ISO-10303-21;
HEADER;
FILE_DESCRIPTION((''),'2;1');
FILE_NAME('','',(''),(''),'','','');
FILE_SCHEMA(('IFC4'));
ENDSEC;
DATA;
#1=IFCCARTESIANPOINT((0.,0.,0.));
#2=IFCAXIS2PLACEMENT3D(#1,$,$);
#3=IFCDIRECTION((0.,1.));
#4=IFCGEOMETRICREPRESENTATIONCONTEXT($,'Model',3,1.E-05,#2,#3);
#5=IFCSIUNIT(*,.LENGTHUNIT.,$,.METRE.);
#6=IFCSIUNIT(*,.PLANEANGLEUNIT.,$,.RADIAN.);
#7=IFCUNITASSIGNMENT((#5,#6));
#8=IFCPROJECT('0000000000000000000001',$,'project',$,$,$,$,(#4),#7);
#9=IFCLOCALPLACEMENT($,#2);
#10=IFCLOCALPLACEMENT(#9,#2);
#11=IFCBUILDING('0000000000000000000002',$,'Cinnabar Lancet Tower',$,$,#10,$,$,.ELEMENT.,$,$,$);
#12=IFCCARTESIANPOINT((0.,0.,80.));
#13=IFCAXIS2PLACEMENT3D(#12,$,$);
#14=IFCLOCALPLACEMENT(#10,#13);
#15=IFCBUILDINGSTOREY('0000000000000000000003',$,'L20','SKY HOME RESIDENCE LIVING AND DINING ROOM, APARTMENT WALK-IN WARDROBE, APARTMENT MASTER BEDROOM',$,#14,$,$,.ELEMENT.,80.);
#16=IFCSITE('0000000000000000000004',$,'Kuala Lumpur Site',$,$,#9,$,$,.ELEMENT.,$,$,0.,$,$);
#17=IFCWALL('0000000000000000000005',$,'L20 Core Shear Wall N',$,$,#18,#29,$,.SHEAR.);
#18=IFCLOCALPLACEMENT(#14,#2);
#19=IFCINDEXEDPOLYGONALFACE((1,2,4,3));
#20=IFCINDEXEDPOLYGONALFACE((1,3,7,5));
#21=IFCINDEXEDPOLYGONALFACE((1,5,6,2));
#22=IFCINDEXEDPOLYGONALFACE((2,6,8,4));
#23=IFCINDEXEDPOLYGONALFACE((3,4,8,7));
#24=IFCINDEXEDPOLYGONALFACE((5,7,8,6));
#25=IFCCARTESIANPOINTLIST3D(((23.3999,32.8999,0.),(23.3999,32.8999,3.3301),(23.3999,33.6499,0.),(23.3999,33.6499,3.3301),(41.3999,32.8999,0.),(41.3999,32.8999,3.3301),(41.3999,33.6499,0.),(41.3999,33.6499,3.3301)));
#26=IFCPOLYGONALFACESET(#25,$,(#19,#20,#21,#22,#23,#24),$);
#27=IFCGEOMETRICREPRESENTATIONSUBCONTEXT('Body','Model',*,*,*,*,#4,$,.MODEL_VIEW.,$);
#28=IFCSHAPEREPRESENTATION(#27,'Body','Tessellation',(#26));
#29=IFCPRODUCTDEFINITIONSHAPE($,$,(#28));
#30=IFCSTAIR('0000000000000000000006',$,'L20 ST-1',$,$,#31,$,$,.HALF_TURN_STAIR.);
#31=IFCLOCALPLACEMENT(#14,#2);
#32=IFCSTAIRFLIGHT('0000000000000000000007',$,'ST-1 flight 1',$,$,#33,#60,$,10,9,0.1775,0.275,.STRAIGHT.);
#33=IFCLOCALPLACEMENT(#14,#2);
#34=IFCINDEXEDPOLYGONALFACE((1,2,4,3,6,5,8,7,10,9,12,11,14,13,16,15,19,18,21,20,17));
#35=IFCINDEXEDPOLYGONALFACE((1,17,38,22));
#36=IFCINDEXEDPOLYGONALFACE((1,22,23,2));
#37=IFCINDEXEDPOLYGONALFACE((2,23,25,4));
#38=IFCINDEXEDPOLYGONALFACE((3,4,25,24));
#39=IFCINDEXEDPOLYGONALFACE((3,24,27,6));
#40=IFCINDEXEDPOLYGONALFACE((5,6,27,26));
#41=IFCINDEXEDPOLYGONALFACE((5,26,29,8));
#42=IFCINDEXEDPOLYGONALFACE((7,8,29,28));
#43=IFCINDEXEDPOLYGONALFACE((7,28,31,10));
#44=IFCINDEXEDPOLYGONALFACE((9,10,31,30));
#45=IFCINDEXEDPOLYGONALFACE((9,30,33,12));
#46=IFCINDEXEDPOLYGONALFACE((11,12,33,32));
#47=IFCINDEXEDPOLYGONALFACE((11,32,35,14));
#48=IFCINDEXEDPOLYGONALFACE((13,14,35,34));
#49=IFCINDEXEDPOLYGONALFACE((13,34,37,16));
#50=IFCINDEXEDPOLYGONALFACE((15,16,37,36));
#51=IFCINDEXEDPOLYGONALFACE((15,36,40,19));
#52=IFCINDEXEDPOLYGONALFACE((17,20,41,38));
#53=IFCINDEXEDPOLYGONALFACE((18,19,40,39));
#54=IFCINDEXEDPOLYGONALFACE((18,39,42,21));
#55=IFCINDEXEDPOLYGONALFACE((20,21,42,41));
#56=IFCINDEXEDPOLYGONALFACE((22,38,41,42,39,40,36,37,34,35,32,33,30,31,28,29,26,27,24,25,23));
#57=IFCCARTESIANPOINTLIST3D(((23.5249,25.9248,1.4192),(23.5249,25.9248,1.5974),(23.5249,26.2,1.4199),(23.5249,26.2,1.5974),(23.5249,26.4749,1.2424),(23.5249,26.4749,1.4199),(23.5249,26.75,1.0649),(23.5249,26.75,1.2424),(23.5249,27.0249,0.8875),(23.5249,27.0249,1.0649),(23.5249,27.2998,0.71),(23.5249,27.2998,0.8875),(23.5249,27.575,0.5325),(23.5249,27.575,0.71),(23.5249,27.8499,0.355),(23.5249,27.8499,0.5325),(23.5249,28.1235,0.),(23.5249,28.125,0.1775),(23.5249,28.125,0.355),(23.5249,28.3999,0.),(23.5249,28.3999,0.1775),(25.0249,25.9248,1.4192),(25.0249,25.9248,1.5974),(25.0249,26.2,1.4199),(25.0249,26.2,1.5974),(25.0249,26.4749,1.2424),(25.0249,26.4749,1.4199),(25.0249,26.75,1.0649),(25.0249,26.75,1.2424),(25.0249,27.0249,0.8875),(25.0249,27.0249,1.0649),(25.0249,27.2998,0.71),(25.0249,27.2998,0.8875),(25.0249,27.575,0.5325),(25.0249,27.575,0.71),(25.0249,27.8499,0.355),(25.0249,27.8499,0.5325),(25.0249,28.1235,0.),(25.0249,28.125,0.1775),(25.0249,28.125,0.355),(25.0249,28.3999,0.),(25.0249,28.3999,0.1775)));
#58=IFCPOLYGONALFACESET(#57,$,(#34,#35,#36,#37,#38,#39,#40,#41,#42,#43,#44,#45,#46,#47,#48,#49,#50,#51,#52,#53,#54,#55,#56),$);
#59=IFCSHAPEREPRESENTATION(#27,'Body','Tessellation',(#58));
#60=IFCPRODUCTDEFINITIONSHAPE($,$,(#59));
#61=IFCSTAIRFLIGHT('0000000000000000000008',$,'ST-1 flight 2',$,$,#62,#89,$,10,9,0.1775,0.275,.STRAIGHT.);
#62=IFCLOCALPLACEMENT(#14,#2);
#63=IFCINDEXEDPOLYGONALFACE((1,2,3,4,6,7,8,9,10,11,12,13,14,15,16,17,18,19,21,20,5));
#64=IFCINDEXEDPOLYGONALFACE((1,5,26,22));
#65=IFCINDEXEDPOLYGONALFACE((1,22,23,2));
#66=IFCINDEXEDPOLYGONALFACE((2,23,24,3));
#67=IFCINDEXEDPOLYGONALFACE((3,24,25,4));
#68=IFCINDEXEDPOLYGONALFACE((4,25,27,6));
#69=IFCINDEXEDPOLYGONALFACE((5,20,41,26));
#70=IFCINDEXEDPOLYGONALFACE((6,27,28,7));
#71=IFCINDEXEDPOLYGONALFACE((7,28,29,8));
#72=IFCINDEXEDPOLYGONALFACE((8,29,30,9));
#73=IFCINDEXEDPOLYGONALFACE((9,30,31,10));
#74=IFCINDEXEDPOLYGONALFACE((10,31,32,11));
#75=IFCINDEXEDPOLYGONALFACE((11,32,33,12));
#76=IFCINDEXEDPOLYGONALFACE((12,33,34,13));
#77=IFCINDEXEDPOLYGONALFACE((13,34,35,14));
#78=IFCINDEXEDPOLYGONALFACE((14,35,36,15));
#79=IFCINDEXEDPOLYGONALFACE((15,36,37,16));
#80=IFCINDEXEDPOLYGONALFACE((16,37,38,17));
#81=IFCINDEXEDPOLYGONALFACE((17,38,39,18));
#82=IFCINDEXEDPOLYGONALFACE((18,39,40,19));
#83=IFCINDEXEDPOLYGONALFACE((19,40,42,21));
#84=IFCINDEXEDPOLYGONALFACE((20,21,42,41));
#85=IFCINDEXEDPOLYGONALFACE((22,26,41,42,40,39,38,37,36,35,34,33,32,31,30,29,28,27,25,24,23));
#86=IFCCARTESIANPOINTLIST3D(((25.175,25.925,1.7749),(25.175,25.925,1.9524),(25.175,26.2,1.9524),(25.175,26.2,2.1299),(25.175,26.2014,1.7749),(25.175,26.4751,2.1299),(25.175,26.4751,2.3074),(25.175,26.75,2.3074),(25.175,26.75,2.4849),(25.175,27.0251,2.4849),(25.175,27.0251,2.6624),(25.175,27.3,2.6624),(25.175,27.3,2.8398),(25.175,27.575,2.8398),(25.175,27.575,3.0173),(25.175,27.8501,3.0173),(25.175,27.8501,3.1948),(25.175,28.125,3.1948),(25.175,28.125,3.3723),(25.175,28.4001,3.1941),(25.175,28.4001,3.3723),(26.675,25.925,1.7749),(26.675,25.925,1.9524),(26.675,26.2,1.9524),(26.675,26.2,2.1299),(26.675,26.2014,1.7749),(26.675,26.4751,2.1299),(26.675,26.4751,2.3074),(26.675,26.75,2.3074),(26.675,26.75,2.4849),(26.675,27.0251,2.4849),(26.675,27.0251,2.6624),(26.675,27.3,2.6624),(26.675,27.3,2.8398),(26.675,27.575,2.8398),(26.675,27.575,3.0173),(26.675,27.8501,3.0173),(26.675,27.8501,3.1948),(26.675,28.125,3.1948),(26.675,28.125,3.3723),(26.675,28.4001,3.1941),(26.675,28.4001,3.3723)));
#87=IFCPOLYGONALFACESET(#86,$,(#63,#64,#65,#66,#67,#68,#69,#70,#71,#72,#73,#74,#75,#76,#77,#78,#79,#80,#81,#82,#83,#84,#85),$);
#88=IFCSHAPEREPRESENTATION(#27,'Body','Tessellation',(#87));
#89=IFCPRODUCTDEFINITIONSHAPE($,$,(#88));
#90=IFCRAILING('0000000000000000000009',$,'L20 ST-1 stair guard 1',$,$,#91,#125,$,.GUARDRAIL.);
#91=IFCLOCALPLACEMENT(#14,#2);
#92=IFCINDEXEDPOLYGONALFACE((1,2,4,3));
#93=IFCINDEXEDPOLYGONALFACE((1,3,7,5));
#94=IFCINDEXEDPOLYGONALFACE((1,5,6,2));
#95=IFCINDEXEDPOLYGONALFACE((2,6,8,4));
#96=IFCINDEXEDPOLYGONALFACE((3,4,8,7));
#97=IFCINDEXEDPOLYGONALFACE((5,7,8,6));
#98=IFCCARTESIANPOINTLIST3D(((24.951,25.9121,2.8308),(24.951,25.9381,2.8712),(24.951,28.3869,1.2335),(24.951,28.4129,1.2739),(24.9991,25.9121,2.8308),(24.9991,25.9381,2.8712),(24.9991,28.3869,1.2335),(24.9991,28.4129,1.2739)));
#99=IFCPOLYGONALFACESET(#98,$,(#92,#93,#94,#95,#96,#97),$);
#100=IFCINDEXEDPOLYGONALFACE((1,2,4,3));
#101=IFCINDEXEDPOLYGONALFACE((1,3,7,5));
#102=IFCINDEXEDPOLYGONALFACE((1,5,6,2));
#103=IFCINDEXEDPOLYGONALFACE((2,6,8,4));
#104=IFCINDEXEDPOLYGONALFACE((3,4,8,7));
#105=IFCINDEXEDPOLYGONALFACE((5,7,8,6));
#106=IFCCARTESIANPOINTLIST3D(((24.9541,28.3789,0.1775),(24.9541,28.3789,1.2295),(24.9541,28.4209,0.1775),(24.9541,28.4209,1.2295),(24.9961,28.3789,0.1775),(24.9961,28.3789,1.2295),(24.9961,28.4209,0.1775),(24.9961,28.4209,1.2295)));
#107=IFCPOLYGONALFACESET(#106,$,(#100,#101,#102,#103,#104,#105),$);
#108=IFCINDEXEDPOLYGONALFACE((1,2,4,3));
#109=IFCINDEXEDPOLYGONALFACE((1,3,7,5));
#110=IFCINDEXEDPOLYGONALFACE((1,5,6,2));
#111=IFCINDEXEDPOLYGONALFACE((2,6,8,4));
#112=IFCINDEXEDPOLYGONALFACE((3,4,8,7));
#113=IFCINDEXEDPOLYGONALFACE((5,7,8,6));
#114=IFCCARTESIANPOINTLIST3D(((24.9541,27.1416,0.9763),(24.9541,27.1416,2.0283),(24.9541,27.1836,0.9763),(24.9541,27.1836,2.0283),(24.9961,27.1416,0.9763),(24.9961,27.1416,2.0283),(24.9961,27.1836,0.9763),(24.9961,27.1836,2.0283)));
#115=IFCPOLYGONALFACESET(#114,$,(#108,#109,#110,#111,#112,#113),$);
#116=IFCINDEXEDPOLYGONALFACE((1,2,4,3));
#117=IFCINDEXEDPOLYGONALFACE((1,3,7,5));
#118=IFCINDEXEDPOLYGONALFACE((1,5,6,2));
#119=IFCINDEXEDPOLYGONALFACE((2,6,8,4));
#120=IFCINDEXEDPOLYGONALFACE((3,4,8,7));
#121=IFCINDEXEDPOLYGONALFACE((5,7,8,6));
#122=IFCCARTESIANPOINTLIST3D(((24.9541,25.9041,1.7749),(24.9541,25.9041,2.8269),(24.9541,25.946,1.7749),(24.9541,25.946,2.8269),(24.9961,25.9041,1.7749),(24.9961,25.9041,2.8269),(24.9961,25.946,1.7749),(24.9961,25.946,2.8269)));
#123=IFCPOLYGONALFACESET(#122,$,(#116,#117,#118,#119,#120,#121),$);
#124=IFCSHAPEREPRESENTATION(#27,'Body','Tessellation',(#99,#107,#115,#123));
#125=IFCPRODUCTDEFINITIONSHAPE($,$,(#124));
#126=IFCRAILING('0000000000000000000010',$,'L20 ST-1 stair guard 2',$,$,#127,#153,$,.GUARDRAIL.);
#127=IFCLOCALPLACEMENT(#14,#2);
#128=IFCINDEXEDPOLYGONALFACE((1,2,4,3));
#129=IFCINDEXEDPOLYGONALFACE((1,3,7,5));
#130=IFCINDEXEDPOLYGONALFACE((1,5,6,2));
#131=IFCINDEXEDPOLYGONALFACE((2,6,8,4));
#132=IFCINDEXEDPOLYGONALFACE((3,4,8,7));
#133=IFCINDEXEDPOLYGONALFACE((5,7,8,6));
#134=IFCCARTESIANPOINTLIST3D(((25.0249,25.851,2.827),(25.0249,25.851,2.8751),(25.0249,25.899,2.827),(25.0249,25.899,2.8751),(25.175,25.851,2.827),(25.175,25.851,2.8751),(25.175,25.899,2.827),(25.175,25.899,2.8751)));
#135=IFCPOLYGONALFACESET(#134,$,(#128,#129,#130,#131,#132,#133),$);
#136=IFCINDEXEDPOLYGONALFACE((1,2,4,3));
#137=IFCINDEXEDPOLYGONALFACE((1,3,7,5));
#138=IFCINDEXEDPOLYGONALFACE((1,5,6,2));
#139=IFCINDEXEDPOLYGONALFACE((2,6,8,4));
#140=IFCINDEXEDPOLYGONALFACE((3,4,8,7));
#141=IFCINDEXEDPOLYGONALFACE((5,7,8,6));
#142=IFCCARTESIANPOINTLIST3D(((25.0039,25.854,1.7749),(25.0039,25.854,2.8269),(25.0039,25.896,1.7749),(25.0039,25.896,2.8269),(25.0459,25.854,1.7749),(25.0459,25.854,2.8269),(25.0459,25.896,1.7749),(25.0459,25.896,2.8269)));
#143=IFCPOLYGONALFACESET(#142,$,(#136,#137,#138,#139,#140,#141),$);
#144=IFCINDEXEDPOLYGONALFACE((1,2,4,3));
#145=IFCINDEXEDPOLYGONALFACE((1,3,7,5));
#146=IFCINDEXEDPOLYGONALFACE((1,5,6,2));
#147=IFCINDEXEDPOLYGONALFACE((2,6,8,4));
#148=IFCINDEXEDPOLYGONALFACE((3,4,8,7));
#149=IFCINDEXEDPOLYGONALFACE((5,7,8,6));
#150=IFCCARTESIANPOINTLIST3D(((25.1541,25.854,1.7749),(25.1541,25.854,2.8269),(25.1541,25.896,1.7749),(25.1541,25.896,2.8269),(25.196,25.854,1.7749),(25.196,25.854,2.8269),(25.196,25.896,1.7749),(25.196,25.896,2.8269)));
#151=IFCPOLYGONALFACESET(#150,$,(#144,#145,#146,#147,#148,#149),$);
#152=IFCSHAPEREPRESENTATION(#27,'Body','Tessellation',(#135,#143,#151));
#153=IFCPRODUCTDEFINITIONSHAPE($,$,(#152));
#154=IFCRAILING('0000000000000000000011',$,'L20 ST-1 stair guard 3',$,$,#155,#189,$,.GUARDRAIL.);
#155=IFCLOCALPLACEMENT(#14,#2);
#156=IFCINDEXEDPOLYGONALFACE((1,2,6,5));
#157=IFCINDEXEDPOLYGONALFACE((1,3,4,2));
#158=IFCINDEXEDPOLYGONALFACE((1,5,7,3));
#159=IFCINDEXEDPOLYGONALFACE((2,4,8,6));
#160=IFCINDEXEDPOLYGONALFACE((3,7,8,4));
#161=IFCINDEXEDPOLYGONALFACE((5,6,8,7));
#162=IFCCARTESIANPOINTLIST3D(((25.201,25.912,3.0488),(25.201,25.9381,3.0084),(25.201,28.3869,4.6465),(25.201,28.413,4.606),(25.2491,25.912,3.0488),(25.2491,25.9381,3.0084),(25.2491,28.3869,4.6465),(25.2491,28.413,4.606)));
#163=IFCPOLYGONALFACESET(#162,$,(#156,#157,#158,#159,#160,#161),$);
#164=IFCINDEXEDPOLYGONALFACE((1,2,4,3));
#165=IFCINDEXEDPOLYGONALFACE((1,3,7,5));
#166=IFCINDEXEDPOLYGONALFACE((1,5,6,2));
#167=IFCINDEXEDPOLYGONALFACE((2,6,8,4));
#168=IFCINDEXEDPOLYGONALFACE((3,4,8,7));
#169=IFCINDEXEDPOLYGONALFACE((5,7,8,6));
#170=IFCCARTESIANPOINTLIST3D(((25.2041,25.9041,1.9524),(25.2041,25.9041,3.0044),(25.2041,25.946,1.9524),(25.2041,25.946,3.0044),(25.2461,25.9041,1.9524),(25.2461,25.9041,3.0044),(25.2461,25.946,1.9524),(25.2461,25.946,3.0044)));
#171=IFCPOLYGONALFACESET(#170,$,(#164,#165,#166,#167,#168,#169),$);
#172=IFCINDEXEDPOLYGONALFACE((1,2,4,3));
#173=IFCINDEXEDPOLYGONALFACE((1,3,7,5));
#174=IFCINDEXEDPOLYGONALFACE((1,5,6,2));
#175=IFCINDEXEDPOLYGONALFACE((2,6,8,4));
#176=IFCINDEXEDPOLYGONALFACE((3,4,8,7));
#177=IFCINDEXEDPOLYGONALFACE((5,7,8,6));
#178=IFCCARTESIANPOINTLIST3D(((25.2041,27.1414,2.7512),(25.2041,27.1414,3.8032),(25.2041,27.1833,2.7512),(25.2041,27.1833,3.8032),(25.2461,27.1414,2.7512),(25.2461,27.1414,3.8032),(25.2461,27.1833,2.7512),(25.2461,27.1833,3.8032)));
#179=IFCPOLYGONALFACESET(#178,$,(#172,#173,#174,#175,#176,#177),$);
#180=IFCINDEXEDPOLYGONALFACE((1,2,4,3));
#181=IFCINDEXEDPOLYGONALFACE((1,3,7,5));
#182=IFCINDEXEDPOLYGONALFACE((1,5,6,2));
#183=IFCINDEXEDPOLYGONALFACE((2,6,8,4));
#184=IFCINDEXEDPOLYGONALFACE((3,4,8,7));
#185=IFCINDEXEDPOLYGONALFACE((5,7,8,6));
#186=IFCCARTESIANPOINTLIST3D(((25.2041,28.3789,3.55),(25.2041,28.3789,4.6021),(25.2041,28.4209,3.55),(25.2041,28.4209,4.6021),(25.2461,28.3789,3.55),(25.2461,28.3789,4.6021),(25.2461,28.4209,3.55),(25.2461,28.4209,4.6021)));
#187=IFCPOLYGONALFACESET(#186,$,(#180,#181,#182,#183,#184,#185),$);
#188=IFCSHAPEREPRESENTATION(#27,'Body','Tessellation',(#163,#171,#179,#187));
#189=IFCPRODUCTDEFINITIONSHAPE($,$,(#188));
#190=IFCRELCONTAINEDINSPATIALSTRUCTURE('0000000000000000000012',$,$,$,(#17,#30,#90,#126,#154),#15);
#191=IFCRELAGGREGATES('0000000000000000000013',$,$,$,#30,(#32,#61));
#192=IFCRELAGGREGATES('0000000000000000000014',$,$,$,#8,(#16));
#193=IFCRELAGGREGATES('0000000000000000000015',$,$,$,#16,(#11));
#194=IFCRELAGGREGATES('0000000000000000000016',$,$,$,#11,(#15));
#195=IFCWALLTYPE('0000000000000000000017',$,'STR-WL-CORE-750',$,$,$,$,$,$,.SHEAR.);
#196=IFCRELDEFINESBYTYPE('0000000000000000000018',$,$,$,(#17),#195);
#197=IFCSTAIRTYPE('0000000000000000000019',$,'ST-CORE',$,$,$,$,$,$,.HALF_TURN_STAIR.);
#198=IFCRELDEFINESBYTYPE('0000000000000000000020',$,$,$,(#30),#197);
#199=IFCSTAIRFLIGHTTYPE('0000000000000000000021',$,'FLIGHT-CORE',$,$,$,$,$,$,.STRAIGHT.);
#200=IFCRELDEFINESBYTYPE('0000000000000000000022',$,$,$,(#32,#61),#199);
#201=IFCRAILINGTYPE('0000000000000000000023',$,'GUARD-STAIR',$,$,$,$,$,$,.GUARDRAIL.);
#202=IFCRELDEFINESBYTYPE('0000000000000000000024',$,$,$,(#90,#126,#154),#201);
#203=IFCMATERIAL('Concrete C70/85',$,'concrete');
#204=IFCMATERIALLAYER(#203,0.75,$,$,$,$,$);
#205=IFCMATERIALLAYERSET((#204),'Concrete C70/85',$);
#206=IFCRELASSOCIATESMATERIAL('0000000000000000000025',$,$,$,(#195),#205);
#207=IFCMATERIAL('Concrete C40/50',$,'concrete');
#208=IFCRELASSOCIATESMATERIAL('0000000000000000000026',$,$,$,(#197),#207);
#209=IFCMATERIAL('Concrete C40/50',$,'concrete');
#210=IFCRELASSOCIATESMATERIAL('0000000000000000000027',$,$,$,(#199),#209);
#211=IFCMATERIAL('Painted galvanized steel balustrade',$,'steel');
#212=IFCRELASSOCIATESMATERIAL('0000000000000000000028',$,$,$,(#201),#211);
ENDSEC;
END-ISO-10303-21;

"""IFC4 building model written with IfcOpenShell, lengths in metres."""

from ifc_helpers import new_model, si_unit, direction, frame, frame_2d, origin, origin_2d, place, context, subcontext, project, spatial, polyline, rectangle, outline, extrude, material, layer, layer_set, type_object, element, aggregate, save


model = new_model("IFC4")

# Units and contexts
model_context = context("Model", 3, precision=1e-05, world=origin(), true_north=direction((0.0, 1.0)))
body_context = subcontext(model_context, "Body", "Model", "MODEL_VIEW")
ifc_project = project(units=[si_unit("LENGTHUNIT", "METRE"), si_unit("PLANEANGLEUNIT", "RADIAN")], contexts=[model_context])

# Site, building, storey
site_placement = place(None, origin())
site = spatial("IfcSite", under=ifc_project, at=site_placement, Name="Kuala Lumpur Site", CompositionType="ELEMENT", RefElevation=0.0)
building_placement = place(site_placement, origin())
building = spatial("IfcBuilding", under=site, at=building_placement, Name="Cinnabar Lancet Tower", CompositionType="ELEMENT")
storey_placement = place(building_placement, frame((0.0, 0.0, 80.0)))
storey = spatial("IfcBuildingStorey", under=building, at=storey_placement, Name="L20", Description="SKY HOME RESIDENCE LIVING AND DINING ROOM, APARTMENT WALK-IN WARDROBE, APARTMENT MASTER BEDROOM", CompositionType="ELEMENT", Elevation=80.0)

# Wall
ifc_material_1 = material(Name="Concrete C70/85", Category="concrete")
ifc_layer_1 = layer(ifc_material_1, 0.75)
ifc_layer_set_1 = layer_set([ifc_layer_1], Name="Concrete C70/85")
wall_type_1 = type_object("IfcWallType", Name="STR-WL-CORE-750", PredefinedType="SHEAR", material=ifc_layer_set_1)
wall_1_placement = place(storey_placement, frame((23.3999, 33.2749, 0.0), z_axis=(0.0, 0.0, 1.0), x_axis=(1.0, 0.0, 0.0)))
element("IfcWall", 1, at=wall_1_placement, inside=storey, type_object=wall_type_1, Name="L20 Core Shear Wall N", PredefinedType="SHEAR", context=body_context, shape_type="SweptSolid", body=[
    extrude(rectangle(XDim=18.0, YDim=0.75, at=frame_2d((9.0, 0.0))), origin(), (0.0, 0.0, 1.0), 3.3301),
])

# Stair, stair flights
ifc_material_2 = material(Name="Concrete C40/50", Category="concrete")
stair_type = type_object("IfcStairType", Name="ST-CORE", PredefinedType="HALF_TURN_STAIR", material=ifc_material_2)
stair_placement = place(storey_placement, origin())
stair = element("IfcStair", 2, at=stair_placement, inside=storey, type_object=stair_type, Name="L20 ST-1", PredefinedType="HALF_TURN_STAIR")
ifc_material_3 = material(Name="Concrete C40/50", Category="concrete")
stair_flight_type = type_object("IfcStairFlightType", Name="FLIGHT-CORE", PredefinedType="STRAIGHT", material=ifc_material_3)
stair_flight_1_placement = place(storey_placement, frame((24.2749, 28.3999, 0.0), z_axis=(0.0, 0.0, 1.0), x_axis=(0.0, -1.0, 0.0)))
stair_flight_1 = element("IfcStairFlight", 3, at=stair_flight_1_placement, type_object=stair_flight_type, Name="ST-1 flight 1", NumberOfRisers=10, NumberOfTreads=9, PredefinedType="STRAIGHT", RiserHeight=0.1775, TreadLength=0.275, context=body_context, shape_type="SweptSolid", body=[
    extrude(outline(polyline([(0.0, 0.0), (0.0, 0.1775), (0.2749, 0.1775), (0.2749, 0.355), (0.55, 0.355), (0.55, 0.5325), (0.825, 0.5325), (0.825, 0.71), (1.1001, 0.71), (1.1001, 0.8875), (1.375, 0.8875), (1.375, 1.0649), (1.6499, 1.0649), (1.6499, 1.2424), (1.925, 1.2424), (1.925, 1.4199), (2.2, 1.4199), (2.2, 1.5974), (2.4751, 1.5974), (2.4751, 1.7749), (2.4751, 1.4192), (0.2764, 0.0), (0.0, 0.0)])), frame((0.0, 0.75, 0.0), z_axis=(0.0, -1.0, 0.0), x_axis=(1.0, 0.0, 0.0)), (0.0, 0.0, 1.0), 1.5),
])
stair_flight_2_placement = place(storey_placement, frame((25.925, 25.925, 1.7749), z_axis=(0.0, 0.0, 1.0), x_axis=(0.0, 1.0, 0.0)))
stair_flight_2 = element("IfcStairFlight", 4, at=stair_flight_2_placement, type_object=stair_flight_type, Name="ST-1 flight 2", NumberOfRisers=10, NumberOfTreads=9, PredefinedType="STRAIGHT", RiserHeight=0.1775, TreadLength=0.275, context=body_context, shape_type="SweptSolid", body=[
    extrude(outline(polyline([(0.0, 0.0), (0.0, 0.1775), (0.2749, 0.1775), (0.2749, 0.355), (0.55, 0.355), (0.55, 0.5325), (0.825, 0.5325), (0.825, 0.71), (1.1001, 0.71), (1.1001, 0.8875), (1.375, 0.8875), (1.375, 1.0649), (1.6499, 1.0649), (1.6499, 1.2424), (1.925, 1.2424), (1.925, 1.4199), (2.2, 1.4199), (2.2, 1.5974), (2.4751, 1.5974), (2.4751, 1.7749), (2.4751, 1.4192), (0.2764, 0.0), (0.0, 0.0)])), frame((0.0, 0.75, 0.0), z_axis=(0.0, -1.0, 0.0), x_axis=(1.0, 0.0, 0.0)), (0.0, 0.0, 1.0), 1.5),
])
aggregate(stair, [stair_flight_1, stair_flight_2])

# Railings
ifc_material_4 = material(Name="Painted galvanized steel balustrade", Category="steel")
railing_type_1 = type_object("IfcRailingType", Name="GUARD-STAIR", PredefinedType="GUARDRAIL", material=ifc_material_4)
railing_1_placement = place(storey_placement, frame((24.9751, 28.3999, 0.1775)))
element("IfcRailing", 5, at=railing_1_placement, inside=storey, type_object=railing_type_1, Name="L20 ST-1 stair guard 1", PredefinedType="GUARDRAIL", context=body_context, shape_type="SweptSolid", body=[
    extrude(rectangle(XDim=0.0481, YDim=0.0481, at=origin_2d()), frame((0.0, 0.0, 1.0762), z_axis=(0.0, -0.840183, 0.542302), x_axis=(1.0, 0.0, 0.0)), (0.0, 0.0, 1.0), 2.9456),
    extrude(rectangle(XDim=0.042, YDim=0.042, at=origin_2d()), origin(), (0.0, 0.0, 1.0), 1.052),
    extrude(rectangle(XDim=0.042, YDim=0.042, at=origin_2d()), frame((0.0, -1.2373, 0.7988)), (0.0, 0.0, 1.0), 1.052),
    extrude(rectangle(XDim=0.042, YDim=0.042, at=origin_2d()), frame((0.0, -2.4749, 1.5974)), (0.0, 0.0, 1.0), 1.052),
])
railing_2_placement = place(storey_placement, frame((25.0249, 25.875, 1.7749)))
element("IfcRailing", 6, at=railing_2_placement, inside=storey, type_object=railing_type_1, Name="L20 ST-1 stair guard 2", PredefinedType="GUARDRAIL", context=body_context, shape_type="SweptSolid", body=[
    extrude(rectangle(XDim=0.0481, YDim=0.0481, at=origin_2d()), frame((0.0, 0.0, 1.0762), z_axis=(1.0, 0.0, 0.0), x_axis=(0.0, 1.0, 0.0)), (0.0, 0.0, 1.0), 0.1501),
    extrude(rectangle(XDim=0.042, YDim=0.042, at=origin_2d()), origin(), (0.0, 0.0, 1.0), 1.052),
    extrude(rectangle(XDim=0.042, YDim=0.042, at=origin_2d()), frame((0.1501, 0.0, 0.0)), (0.0, 0.0, 1.0), 1.052),
])
railing_3_placement = place(storey_placement, frame((25.2251, 25.925, 1.9524)))
element("IfcRailing", 7, at=railing_3_placement, inside=storey, type_object=railing_type_1, Name="L20 ST-1 stair guard 3", PredefinedType="GUARDRAIL", context=body_context, shape_type="SweptSolid", body=[
    extrude(rectangle(XDim=0.0481, YDim=0.0481, at=origin_2d()), frame((0.0, 0.0, 1.0762), z_axis=(0.0, 0.840146, 0.542361), x_axis=(-1.0, 0.0, 0.0)), (0.0, 0.0, 1.0), 2.9458),
    extrude(rectangle(XDim=0.042, YDim=0.042, at=origin_2d()), origin(), (0.0, 0.0, 1.0), 1.052),
    extrude(rectangle(XDim=0.042, YDim=0.042, at=origin_2d()), frame((0.0, 1.2373, 0.7988)), (0.0, 0.0, 1.0), 1.052),
    extrude(rectangle(XDim=0.042, YDim=0.042, at=origin_2d()), frame((0.0, 2.4749, 1.5977)), (0.0, 0.0, 1.0), 1.052),
])

save(model, "model.ifc")
